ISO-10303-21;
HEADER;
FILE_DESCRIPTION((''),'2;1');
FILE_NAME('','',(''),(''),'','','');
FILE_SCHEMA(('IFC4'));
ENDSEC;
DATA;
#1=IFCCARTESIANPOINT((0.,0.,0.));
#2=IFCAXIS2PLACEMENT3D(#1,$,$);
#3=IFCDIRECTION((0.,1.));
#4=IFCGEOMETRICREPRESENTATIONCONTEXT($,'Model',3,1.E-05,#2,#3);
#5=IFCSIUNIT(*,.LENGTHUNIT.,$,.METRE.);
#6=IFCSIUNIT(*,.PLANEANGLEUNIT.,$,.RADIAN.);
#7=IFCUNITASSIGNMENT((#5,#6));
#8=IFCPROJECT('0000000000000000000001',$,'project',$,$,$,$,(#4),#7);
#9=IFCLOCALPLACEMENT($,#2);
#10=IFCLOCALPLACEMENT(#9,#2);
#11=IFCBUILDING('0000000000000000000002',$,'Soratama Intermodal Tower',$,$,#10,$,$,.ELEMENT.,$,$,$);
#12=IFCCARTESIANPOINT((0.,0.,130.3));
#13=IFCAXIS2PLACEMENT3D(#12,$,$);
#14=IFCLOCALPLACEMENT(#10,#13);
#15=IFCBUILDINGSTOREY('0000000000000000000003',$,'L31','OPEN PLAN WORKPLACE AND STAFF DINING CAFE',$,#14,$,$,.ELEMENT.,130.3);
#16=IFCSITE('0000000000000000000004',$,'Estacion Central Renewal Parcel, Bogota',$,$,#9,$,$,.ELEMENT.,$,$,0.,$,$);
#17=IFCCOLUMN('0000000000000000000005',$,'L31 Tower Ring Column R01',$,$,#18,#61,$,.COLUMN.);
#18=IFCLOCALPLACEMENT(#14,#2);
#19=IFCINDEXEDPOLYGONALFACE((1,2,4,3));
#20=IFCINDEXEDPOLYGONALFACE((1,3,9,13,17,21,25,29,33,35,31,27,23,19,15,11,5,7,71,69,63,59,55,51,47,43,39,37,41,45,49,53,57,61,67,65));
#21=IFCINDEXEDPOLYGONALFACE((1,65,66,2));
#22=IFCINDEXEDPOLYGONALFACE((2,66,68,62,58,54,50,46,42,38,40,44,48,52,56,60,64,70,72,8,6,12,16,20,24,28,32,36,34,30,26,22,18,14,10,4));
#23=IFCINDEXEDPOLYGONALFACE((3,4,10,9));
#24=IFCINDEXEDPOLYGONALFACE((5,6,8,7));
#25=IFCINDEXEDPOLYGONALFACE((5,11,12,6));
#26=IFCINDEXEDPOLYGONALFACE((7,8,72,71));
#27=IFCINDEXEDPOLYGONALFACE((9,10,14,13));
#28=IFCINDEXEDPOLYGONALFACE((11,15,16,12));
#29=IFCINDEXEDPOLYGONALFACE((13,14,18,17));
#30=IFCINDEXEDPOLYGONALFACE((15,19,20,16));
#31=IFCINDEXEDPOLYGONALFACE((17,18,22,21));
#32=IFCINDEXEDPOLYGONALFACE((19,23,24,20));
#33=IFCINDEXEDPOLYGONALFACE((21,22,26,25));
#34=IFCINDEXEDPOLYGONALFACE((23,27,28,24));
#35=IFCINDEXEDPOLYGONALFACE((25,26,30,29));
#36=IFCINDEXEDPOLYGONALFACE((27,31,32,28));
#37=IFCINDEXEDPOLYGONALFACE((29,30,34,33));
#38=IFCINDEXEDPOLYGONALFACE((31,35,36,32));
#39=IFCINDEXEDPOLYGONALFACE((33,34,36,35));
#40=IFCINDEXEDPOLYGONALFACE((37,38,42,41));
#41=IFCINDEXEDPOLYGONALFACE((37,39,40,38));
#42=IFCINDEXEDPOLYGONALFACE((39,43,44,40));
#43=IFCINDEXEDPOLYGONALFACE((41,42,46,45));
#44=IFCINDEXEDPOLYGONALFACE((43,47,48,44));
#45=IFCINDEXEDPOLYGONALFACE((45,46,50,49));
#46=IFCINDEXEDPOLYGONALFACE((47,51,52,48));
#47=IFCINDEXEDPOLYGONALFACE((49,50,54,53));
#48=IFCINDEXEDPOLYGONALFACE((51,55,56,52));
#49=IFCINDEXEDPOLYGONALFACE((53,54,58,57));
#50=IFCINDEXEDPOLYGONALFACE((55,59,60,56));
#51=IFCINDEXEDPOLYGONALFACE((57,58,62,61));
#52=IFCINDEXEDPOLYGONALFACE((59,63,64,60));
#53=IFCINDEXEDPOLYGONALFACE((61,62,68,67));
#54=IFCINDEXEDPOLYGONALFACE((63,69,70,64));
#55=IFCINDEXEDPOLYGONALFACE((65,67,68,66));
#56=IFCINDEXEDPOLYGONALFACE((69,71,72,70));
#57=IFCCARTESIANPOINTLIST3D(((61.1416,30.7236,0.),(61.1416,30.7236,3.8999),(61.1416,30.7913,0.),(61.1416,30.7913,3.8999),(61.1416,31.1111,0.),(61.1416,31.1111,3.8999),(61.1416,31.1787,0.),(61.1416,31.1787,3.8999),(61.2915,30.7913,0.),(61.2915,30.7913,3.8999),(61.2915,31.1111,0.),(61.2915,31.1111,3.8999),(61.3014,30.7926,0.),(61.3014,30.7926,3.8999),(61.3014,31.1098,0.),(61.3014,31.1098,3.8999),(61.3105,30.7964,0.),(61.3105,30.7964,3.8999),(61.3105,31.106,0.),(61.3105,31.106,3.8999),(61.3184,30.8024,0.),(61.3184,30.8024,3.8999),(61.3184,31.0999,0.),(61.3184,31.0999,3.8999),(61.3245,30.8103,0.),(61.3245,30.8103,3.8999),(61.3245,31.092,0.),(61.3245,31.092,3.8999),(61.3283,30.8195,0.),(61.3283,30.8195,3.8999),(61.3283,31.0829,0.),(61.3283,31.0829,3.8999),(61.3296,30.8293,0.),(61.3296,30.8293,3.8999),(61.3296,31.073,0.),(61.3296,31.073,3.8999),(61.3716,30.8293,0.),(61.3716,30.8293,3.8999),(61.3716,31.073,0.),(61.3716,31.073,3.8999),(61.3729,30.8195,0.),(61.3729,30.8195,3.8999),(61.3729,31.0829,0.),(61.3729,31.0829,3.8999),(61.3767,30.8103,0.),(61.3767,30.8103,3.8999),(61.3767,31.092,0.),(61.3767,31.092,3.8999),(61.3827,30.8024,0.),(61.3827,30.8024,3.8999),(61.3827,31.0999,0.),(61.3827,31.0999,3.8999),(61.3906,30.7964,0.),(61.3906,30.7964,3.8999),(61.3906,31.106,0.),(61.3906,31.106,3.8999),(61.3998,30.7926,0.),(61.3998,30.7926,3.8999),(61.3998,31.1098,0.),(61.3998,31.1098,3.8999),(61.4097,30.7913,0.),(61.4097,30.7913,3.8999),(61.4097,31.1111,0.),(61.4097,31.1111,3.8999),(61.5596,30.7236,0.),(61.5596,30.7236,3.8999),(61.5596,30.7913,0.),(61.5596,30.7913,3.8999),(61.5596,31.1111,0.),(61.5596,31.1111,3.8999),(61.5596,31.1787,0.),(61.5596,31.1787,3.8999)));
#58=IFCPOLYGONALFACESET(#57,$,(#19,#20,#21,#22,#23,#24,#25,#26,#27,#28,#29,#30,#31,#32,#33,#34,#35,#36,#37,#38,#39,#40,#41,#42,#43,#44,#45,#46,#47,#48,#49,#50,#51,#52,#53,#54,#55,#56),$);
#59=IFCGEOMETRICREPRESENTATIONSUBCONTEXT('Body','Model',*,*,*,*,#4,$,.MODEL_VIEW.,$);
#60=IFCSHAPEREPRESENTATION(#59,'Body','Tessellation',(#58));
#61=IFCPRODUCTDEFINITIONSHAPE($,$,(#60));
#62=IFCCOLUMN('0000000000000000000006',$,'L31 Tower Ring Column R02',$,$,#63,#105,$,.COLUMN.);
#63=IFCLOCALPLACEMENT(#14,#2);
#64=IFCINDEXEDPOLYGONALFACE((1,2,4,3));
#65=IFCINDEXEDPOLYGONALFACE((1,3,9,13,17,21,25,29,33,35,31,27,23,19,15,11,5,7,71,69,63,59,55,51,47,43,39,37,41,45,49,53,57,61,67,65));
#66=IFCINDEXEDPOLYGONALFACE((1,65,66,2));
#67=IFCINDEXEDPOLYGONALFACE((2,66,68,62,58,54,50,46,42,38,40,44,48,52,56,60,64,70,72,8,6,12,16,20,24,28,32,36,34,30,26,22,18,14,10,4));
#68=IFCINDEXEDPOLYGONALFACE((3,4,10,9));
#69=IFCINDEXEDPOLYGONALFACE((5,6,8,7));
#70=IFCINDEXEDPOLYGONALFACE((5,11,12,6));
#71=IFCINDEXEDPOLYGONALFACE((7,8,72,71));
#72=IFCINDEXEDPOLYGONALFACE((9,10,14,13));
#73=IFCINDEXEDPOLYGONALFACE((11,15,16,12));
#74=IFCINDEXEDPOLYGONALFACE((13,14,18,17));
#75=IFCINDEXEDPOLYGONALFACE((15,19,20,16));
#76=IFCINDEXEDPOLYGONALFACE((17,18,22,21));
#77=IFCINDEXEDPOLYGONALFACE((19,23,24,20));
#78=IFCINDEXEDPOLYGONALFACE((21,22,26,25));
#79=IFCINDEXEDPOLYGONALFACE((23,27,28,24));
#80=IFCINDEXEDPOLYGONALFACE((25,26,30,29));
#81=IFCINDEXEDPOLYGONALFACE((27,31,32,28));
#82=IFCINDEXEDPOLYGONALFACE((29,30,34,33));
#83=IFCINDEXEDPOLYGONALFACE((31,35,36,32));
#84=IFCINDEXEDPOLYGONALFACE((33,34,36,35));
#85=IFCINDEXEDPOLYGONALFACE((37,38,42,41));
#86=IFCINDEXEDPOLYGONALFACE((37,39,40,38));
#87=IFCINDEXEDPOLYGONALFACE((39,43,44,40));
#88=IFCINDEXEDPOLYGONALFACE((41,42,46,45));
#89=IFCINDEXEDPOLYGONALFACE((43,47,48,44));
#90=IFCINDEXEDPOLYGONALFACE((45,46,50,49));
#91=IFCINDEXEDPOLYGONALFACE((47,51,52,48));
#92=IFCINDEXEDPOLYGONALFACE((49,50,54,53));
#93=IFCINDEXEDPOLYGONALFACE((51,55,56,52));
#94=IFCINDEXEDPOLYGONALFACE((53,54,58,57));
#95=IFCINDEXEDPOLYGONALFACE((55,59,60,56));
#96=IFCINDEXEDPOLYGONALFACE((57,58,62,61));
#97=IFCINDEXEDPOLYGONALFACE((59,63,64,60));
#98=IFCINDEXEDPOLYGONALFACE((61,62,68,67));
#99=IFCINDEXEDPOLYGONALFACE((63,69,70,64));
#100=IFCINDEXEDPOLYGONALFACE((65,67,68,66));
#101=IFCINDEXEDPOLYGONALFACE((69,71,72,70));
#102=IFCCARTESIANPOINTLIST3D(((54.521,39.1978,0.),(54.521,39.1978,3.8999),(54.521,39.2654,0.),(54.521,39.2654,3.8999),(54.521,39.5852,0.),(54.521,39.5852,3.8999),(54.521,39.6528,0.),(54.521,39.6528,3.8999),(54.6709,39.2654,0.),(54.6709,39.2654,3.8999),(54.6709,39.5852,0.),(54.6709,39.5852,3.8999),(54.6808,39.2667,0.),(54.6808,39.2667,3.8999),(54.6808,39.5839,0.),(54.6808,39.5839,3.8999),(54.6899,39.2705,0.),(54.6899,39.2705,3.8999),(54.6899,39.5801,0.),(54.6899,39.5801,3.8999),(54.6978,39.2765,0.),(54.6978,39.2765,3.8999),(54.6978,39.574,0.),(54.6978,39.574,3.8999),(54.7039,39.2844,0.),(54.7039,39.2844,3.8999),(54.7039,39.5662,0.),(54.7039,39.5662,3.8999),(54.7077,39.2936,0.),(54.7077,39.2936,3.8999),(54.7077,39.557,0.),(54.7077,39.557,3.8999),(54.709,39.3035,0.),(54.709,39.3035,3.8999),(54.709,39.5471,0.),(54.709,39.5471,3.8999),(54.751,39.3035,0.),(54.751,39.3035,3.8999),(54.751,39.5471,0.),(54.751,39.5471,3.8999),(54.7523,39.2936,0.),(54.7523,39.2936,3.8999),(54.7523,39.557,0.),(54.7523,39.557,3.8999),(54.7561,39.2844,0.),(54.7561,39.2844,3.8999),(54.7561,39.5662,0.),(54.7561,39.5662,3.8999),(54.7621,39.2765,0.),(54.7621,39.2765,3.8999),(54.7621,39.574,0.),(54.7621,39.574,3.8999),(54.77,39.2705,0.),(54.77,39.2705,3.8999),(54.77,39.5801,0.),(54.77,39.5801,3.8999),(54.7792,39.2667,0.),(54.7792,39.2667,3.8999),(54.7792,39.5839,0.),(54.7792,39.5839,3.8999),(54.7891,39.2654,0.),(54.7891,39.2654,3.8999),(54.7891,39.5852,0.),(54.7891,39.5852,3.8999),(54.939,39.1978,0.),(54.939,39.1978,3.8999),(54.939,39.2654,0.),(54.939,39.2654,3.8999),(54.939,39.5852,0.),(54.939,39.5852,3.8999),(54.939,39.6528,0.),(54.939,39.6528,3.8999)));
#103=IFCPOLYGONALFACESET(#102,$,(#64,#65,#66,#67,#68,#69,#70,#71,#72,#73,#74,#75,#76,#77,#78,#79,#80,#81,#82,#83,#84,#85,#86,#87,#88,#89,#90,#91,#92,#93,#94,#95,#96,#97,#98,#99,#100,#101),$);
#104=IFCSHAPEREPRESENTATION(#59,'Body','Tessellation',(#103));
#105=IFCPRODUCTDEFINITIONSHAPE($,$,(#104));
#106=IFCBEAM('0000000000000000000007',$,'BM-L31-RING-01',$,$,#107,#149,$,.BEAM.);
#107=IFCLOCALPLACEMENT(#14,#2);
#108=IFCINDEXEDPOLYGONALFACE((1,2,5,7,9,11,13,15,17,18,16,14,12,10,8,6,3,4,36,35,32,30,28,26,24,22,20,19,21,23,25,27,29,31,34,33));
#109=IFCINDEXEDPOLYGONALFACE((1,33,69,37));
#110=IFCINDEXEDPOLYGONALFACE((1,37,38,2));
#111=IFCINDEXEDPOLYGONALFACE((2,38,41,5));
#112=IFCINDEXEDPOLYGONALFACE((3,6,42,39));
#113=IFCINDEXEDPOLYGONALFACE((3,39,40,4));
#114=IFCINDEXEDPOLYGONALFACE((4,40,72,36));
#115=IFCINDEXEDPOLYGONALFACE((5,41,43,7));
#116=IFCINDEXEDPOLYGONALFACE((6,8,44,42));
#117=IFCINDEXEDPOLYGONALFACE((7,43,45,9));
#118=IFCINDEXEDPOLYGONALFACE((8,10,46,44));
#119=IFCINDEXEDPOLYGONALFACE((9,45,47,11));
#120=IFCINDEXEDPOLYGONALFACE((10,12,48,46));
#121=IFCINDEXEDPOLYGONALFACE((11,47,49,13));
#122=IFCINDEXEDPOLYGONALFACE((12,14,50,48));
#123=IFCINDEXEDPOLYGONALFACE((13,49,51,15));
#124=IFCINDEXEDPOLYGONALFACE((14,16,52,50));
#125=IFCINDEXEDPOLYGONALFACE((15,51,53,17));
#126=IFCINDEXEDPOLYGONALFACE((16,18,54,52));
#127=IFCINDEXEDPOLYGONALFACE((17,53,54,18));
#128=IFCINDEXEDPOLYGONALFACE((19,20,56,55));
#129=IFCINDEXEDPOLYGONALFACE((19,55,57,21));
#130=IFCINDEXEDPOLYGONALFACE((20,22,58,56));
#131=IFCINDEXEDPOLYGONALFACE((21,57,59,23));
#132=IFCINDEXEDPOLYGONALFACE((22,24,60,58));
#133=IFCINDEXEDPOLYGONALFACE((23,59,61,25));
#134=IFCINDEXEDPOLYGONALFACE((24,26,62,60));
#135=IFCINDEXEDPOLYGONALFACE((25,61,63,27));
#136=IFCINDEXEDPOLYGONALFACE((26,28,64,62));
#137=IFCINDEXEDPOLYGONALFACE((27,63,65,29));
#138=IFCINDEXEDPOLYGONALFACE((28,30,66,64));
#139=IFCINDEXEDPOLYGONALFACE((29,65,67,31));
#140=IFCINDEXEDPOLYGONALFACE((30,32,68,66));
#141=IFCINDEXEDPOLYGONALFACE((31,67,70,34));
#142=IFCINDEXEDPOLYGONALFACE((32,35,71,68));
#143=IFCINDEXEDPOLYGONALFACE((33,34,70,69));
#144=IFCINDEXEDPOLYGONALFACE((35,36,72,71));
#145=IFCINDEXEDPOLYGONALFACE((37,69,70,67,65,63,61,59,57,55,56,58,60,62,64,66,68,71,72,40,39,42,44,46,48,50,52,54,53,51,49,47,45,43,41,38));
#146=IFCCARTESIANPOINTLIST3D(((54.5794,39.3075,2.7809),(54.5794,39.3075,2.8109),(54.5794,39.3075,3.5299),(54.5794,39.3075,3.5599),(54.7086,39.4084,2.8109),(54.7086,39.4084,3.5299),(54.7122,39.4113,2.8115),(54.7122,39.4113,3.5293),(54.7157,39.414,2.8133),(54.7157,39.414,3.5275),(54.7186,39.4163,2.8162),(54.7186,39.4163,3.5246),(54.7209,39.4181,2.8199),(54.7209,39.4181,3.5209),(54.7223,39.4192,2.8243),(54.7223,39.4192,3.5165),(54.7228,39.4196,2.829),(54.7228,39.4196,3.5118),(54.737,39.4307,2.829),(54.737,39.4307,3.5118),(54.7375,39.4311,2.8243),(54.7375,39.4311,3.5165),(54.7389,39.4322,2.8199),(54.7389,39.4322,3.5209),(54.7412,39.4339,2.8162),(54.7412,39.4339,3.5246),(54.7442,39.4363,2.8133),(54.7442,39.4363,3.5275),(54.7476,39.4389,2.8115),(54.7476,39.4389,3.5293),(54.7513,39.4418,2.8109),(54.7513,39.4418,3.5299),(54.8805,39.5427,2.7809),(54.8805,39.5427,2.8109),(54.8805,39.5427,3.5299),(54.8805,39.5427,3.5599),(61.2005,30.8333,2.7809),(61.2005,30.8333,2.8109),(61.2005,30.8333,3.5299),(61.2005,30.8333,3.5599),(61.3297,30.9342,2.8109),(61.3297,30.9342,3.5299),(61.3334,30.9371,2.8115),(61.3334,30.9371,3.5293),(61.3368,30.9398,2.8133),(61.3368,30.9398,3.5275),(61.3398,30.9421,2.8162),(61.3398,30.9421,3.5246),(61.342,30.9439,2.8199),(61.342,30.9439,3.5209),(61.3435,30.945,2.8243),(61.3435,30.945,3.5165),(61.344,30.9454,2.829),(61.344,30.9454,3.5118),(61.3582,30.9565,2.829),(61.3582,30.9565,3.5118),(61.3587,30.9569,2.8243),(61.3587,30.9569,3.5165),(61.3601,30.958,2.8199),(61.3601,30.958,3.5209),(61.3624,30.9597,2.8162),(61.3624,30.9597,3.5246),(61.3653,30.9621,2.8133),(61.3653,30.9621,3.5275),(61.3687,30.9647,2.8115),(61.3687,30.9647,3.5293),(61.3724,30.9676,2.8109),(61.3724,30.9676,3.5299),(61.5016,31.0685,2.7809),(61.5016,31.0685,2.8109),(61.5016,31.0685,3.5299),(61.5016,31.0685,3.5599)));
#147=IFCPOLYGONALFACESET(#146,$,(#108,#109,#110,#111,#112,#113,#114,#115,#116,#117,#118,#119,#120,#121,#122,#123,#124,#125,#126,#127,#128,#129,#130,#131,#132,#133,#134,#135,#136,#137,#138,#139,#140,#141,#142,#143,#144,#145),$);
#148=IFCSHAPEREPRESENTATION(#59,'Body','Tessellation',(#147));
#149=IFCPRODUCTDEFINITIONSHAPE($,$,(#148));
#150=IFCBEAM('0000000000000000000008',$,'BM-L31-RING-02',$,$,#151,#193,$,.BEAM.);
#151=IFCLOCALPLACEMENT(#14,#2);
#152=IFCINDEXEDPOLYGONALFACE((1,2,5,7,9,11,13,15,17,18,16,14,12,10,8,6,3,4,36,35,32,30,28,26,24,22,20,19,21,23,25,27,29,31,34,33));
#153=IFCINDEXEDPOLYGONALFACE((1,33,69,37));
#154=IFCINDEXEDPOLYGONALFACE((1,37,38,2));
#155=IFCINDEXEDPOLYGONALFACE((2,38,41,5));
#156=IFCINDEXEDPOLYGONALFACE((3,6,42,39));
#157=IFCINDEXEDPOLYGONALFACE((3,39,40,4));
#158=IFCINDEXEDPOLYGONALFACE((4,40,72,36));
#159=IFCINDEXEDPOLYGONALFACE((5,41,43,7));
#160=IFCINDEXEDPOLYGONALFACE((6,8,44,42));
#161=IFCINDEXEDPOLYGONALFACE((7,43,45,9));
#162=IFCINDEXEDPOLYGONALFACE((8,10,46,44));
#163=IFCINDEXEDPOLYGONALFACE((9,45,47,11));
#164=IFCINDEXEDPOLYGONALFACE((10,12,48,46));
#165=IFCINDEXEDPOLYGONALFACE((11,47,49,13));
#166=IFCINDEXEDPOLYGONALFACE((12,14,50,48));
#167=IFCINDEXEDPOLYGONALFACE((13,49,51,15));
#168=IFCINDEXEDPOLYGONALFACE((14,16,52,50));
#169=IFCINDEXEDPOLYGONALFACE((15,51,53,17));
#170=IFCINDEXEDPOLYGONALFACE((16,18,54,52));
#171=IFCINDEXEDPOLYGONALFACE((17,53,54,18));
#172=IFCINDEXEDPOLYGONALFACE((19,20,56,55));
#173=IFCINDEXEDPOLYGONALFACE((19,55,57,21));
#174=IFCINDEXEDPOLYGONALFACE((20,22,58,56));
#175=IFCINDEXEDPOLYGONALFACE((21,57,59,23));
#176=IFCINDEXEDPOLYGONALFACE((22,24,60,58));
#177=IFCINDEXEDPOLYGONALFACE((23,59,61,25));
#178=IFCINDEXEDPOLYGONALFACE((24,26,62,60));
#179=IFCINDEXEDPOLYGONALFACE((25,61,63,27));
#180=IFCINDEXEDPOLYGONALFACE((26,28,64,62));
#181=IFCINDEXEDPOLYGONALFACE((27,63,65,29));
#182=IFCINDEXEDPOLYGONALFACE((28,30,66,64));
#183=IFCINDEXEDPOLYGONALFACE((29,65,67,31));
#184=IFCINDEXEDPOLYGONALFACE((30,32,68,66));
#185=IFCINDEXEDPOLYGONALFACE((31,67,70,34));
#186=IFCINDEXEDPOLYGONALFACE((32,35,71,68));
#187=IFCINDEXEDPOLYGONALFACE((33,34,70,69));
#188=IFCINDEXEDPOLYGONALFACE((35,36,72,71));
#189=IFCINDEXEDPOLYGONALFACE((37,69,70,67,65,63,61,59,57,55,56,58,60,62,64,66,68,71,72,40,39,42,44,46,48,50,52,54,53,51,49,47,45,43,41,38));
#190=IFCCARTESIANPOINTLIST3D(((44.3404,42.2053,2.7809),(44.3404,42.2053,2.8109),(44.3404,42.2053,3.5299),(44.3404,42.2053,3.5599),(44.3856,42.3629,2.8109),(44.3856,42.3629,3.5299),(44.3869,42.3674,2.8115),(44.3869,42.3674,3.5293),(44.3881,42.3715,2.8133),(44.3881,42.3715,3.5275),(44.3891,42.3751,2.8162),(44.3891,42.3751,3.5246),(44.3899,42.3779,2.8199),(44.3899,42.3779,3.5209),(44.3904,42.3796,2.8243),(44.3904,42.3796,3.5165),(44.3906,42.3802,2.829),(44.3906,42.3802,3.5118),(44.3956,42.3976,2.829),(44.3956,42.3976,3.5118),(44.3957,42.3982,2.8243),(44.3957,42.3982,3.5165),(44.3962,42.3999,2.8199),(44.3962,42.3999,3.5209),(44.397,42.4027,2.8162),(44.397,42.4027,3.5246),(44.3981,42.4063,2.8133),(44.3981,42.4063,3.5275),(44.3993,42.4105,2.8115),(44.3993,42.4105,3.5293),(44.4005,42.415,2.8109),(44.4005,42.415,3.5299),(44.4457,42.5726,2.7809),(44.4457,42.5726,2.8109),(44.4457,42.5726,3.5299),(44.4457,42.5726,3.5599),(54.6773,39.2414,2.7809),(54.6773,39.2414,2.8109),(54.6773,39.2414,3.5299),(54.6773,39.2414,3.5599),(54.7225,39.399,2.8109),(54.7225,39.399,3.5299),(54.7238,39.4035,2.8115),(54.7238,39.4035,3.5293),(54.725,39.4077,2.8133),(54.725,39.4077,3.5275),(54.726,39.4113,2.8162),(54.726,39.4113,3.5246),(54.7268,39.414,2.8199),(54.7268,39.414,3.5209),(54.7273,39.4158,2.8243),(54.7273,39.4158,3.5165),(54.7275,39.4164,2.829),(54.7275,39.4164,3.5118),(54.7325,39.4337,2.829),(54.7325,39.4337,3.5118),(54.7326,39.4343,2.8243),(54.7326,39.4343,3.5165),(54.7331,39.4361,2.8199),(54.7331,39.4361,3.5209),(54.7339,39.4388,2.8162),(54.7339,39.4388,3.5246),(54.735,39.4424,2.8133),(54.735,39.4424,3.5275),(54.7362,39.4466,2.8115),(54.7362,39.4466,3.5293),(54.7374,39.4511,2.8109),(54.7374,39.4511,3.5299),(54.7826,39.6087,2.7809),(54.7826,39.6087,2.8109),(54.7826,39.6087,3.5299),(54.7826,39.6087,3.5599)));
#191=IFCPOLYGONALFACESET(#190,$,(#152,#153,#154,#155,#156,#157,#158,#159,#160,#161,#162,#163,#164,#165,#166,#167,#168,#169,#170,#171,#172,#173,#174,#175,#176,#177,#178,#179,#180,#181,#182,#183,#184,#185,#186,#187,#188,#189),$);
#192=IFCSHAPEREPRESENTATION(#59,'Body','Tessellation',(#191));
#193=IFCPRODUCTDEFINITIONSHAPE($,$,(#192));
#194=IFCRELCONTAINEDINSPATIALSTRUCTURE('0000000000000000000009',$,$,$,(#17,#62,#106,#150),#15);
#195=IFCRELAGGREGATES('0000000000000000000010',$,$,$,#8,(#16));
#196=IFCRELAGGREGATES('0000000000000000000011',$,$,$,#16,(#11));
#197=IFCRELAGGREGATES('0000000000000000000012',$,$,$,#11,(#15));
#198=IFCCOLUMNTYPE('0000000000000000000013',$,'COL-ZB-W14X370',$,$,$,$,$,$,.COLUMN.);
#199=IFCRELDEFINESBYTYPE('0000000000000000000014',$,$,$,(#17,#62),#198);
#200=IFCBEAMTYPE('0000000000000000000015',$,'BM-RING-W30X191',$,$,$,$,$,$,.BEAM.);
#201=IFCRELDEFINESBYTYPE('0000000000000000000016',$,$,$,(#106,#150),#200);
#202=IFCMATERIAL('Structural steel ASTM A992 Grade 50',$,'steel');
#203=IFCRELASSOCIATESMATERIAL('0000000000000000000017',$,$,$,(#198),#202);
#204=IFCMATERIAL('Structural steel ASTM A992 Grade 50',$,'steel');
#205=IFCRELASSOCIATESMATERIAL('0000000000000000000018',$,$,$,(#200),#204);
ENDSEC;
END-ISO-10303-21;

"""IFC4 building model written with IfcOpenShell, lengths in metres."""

from ifc_helpers import new_model, si_unit, direction, frame, origin, origin_2d, place, context, subcontext, project, spatial, i_section, extrude, material, material_profile, profile_set, type_object, element, save


model = new_model("IFC4")

# Units and contexts
model_context = context("Model", 3, precision=1e-05, world=origin(), true_north=direction((0.0, 1.0)))
body_context = subcontext(model_context, "Body", "Model", "MODEL_VIEW")
ifc_project = project(units=[si_unit("LENGTHUNIT", "METRE"), si_unit("PLANEANGLEUNIT", "RADIAN")], contexts=[model_context])

# Site, building, storey
site_placement = place(None, origin())
site = spatial("IfcSite", under=ifc_project, at=site_placement, Name="Estacion Central Renewal Parcel, Bogota", CompositionType="ELEMENT", RefElevation=0.0)
building_placement = place(site_placement, origin())
building = spatial("IfcBuilding", under=site, at=building_placement, Name="Soratama Intermodal Tower", CompositionType="ELEMENT")
storey_placement = place(building_placement, frame((0.0, 0.0, 130.3)))
storey = spatial("IfcBuildingStorey", under=building, at=storey_placement, Name="L31", Description="OPEN PLAN WORKPLACE AND STAFF DINING CAFE", CompositionType="ELEMENT", Elevation=130.3)

# Columns
ifc_material_1 = material(Name="Structural steel ASTM A992 Grade 50", Category="steel")
ifc_material_profile_1 = material_profile(ifc_material_1, i_section(OverallWidth=0.418, OverallDepth=0.4551, WebThickness=0.042, FlangeThickness=0.0676, FilletRadius=0.0381, at=origin_2d()), Name="W14X370")
ifc_profile_set_1 = profile_set([ifc_material_profile_1], Name="Structural steel ASTM A992 Grade 50")
column_type = type_object("IfcColumnType", Name="COL-ZB-W14X370", PredefinedType="COLUMN", material=ifc_profile_set_1)
for number, where, z_axis, x_axis, name in (
    (1, (61.3506, 30.9512, 0.0), (0.0, 0.0, 1.0), (1.0, 0.0, 0.0), "L31 Tower Ring Column R01"),
    (2, (54.73, 39.4253, 0.0), (0.0, 0.0, 1.0), (1.0, 0.0, 0.0), "L31 Tower Ring Column R02"),
):
    element("IfcColumn", number, at=place(storey_placement, frame(where, z_axis=z_axis, x_axis=x_axis)), inside=storey, type_object=column_type, Name=name, PredefinedType="COLUMN", context=body_context, shape_type="SweptSolid", body=[
        extrude(i_section(OverallWidth=0.418, OverallDepth=0.4551, WebThickness=0.042, FlangeThickness=0.0676, FilletRadius=0.0381, at=origin_2d()), origin(), (0.0, 0.0, 1.0), 3.8999),
    ])

# Beams
ifc_material_2 = material(Name="Structural steel ASTM A992 Grade 50", Category="steel")
ifc_material_profile_2 = material_profile(ifc_material_2, i_section(OverallWidth=0.3821, OverallDepth=0.7791, WebThickness=0.0181, FlangeThickness=0.03, FilletRadius=0.0181, at=origin_2d()), Name="W30X191")
ifc_profile_set_2 = profile_set([ifc_material_profile_2], Name="Structural steel ASTM A992 Grade 50")
beam_type_1 = type_object("IfcBeamType", Name="BM-RING-W30X191", PredefinedType="BEAM", material=ifc_profile_set_2)
beam_1_placement = place(storey_placement, frame((61.3511, 30.9509, 3.1704), z_axis=(-0.615684, 0.787993, 0.0), x_axis=(-0.787993, -0.615684, 0.0)))
element("IfcBeam", 3, at=beam_1_placement, inside=storey, type_object=beam_type_1, Name="BM-L31-RING-01", PredefinedType="BEAM", context=body_context, shape_type="SweptSolid", body=[
    extrude(i_section(OverallWidth=0.3821, OverallDepth=0.7791, WebThickness=0.0181, FlangeThickness=0.03, FilletRadius=0.0181, at=origin_2d()), origin(), (0.0, 0.0, 1.0), 10.7542),
])
beam_2_placement = place(storey_placement, frame((54.73, 39.425, 3.1704), z_axis=(-0.961267, 0.275621, 0.0), x_axis=(-0.275621, -0.961267, 0.0)))
element("IfcBeam", 4, at=beam_2_placement, inside=storey, type_object=beam_type_1, Name="BM-L31-RING-02", PredefinedType="BEAM", context=body_context, shape_type="SweptSolid", body=[
    extrude(i_section(OverallWidth=0.3821, OverallDepth=0.7791, WebThickness=0.0181, FlangeThickness=0.03, FilletRadius=0.0181, at=origin_2d()), origin(), (0.0, 0.0, 1.0), 10.7534),
])

save(model, "model.ifc")
